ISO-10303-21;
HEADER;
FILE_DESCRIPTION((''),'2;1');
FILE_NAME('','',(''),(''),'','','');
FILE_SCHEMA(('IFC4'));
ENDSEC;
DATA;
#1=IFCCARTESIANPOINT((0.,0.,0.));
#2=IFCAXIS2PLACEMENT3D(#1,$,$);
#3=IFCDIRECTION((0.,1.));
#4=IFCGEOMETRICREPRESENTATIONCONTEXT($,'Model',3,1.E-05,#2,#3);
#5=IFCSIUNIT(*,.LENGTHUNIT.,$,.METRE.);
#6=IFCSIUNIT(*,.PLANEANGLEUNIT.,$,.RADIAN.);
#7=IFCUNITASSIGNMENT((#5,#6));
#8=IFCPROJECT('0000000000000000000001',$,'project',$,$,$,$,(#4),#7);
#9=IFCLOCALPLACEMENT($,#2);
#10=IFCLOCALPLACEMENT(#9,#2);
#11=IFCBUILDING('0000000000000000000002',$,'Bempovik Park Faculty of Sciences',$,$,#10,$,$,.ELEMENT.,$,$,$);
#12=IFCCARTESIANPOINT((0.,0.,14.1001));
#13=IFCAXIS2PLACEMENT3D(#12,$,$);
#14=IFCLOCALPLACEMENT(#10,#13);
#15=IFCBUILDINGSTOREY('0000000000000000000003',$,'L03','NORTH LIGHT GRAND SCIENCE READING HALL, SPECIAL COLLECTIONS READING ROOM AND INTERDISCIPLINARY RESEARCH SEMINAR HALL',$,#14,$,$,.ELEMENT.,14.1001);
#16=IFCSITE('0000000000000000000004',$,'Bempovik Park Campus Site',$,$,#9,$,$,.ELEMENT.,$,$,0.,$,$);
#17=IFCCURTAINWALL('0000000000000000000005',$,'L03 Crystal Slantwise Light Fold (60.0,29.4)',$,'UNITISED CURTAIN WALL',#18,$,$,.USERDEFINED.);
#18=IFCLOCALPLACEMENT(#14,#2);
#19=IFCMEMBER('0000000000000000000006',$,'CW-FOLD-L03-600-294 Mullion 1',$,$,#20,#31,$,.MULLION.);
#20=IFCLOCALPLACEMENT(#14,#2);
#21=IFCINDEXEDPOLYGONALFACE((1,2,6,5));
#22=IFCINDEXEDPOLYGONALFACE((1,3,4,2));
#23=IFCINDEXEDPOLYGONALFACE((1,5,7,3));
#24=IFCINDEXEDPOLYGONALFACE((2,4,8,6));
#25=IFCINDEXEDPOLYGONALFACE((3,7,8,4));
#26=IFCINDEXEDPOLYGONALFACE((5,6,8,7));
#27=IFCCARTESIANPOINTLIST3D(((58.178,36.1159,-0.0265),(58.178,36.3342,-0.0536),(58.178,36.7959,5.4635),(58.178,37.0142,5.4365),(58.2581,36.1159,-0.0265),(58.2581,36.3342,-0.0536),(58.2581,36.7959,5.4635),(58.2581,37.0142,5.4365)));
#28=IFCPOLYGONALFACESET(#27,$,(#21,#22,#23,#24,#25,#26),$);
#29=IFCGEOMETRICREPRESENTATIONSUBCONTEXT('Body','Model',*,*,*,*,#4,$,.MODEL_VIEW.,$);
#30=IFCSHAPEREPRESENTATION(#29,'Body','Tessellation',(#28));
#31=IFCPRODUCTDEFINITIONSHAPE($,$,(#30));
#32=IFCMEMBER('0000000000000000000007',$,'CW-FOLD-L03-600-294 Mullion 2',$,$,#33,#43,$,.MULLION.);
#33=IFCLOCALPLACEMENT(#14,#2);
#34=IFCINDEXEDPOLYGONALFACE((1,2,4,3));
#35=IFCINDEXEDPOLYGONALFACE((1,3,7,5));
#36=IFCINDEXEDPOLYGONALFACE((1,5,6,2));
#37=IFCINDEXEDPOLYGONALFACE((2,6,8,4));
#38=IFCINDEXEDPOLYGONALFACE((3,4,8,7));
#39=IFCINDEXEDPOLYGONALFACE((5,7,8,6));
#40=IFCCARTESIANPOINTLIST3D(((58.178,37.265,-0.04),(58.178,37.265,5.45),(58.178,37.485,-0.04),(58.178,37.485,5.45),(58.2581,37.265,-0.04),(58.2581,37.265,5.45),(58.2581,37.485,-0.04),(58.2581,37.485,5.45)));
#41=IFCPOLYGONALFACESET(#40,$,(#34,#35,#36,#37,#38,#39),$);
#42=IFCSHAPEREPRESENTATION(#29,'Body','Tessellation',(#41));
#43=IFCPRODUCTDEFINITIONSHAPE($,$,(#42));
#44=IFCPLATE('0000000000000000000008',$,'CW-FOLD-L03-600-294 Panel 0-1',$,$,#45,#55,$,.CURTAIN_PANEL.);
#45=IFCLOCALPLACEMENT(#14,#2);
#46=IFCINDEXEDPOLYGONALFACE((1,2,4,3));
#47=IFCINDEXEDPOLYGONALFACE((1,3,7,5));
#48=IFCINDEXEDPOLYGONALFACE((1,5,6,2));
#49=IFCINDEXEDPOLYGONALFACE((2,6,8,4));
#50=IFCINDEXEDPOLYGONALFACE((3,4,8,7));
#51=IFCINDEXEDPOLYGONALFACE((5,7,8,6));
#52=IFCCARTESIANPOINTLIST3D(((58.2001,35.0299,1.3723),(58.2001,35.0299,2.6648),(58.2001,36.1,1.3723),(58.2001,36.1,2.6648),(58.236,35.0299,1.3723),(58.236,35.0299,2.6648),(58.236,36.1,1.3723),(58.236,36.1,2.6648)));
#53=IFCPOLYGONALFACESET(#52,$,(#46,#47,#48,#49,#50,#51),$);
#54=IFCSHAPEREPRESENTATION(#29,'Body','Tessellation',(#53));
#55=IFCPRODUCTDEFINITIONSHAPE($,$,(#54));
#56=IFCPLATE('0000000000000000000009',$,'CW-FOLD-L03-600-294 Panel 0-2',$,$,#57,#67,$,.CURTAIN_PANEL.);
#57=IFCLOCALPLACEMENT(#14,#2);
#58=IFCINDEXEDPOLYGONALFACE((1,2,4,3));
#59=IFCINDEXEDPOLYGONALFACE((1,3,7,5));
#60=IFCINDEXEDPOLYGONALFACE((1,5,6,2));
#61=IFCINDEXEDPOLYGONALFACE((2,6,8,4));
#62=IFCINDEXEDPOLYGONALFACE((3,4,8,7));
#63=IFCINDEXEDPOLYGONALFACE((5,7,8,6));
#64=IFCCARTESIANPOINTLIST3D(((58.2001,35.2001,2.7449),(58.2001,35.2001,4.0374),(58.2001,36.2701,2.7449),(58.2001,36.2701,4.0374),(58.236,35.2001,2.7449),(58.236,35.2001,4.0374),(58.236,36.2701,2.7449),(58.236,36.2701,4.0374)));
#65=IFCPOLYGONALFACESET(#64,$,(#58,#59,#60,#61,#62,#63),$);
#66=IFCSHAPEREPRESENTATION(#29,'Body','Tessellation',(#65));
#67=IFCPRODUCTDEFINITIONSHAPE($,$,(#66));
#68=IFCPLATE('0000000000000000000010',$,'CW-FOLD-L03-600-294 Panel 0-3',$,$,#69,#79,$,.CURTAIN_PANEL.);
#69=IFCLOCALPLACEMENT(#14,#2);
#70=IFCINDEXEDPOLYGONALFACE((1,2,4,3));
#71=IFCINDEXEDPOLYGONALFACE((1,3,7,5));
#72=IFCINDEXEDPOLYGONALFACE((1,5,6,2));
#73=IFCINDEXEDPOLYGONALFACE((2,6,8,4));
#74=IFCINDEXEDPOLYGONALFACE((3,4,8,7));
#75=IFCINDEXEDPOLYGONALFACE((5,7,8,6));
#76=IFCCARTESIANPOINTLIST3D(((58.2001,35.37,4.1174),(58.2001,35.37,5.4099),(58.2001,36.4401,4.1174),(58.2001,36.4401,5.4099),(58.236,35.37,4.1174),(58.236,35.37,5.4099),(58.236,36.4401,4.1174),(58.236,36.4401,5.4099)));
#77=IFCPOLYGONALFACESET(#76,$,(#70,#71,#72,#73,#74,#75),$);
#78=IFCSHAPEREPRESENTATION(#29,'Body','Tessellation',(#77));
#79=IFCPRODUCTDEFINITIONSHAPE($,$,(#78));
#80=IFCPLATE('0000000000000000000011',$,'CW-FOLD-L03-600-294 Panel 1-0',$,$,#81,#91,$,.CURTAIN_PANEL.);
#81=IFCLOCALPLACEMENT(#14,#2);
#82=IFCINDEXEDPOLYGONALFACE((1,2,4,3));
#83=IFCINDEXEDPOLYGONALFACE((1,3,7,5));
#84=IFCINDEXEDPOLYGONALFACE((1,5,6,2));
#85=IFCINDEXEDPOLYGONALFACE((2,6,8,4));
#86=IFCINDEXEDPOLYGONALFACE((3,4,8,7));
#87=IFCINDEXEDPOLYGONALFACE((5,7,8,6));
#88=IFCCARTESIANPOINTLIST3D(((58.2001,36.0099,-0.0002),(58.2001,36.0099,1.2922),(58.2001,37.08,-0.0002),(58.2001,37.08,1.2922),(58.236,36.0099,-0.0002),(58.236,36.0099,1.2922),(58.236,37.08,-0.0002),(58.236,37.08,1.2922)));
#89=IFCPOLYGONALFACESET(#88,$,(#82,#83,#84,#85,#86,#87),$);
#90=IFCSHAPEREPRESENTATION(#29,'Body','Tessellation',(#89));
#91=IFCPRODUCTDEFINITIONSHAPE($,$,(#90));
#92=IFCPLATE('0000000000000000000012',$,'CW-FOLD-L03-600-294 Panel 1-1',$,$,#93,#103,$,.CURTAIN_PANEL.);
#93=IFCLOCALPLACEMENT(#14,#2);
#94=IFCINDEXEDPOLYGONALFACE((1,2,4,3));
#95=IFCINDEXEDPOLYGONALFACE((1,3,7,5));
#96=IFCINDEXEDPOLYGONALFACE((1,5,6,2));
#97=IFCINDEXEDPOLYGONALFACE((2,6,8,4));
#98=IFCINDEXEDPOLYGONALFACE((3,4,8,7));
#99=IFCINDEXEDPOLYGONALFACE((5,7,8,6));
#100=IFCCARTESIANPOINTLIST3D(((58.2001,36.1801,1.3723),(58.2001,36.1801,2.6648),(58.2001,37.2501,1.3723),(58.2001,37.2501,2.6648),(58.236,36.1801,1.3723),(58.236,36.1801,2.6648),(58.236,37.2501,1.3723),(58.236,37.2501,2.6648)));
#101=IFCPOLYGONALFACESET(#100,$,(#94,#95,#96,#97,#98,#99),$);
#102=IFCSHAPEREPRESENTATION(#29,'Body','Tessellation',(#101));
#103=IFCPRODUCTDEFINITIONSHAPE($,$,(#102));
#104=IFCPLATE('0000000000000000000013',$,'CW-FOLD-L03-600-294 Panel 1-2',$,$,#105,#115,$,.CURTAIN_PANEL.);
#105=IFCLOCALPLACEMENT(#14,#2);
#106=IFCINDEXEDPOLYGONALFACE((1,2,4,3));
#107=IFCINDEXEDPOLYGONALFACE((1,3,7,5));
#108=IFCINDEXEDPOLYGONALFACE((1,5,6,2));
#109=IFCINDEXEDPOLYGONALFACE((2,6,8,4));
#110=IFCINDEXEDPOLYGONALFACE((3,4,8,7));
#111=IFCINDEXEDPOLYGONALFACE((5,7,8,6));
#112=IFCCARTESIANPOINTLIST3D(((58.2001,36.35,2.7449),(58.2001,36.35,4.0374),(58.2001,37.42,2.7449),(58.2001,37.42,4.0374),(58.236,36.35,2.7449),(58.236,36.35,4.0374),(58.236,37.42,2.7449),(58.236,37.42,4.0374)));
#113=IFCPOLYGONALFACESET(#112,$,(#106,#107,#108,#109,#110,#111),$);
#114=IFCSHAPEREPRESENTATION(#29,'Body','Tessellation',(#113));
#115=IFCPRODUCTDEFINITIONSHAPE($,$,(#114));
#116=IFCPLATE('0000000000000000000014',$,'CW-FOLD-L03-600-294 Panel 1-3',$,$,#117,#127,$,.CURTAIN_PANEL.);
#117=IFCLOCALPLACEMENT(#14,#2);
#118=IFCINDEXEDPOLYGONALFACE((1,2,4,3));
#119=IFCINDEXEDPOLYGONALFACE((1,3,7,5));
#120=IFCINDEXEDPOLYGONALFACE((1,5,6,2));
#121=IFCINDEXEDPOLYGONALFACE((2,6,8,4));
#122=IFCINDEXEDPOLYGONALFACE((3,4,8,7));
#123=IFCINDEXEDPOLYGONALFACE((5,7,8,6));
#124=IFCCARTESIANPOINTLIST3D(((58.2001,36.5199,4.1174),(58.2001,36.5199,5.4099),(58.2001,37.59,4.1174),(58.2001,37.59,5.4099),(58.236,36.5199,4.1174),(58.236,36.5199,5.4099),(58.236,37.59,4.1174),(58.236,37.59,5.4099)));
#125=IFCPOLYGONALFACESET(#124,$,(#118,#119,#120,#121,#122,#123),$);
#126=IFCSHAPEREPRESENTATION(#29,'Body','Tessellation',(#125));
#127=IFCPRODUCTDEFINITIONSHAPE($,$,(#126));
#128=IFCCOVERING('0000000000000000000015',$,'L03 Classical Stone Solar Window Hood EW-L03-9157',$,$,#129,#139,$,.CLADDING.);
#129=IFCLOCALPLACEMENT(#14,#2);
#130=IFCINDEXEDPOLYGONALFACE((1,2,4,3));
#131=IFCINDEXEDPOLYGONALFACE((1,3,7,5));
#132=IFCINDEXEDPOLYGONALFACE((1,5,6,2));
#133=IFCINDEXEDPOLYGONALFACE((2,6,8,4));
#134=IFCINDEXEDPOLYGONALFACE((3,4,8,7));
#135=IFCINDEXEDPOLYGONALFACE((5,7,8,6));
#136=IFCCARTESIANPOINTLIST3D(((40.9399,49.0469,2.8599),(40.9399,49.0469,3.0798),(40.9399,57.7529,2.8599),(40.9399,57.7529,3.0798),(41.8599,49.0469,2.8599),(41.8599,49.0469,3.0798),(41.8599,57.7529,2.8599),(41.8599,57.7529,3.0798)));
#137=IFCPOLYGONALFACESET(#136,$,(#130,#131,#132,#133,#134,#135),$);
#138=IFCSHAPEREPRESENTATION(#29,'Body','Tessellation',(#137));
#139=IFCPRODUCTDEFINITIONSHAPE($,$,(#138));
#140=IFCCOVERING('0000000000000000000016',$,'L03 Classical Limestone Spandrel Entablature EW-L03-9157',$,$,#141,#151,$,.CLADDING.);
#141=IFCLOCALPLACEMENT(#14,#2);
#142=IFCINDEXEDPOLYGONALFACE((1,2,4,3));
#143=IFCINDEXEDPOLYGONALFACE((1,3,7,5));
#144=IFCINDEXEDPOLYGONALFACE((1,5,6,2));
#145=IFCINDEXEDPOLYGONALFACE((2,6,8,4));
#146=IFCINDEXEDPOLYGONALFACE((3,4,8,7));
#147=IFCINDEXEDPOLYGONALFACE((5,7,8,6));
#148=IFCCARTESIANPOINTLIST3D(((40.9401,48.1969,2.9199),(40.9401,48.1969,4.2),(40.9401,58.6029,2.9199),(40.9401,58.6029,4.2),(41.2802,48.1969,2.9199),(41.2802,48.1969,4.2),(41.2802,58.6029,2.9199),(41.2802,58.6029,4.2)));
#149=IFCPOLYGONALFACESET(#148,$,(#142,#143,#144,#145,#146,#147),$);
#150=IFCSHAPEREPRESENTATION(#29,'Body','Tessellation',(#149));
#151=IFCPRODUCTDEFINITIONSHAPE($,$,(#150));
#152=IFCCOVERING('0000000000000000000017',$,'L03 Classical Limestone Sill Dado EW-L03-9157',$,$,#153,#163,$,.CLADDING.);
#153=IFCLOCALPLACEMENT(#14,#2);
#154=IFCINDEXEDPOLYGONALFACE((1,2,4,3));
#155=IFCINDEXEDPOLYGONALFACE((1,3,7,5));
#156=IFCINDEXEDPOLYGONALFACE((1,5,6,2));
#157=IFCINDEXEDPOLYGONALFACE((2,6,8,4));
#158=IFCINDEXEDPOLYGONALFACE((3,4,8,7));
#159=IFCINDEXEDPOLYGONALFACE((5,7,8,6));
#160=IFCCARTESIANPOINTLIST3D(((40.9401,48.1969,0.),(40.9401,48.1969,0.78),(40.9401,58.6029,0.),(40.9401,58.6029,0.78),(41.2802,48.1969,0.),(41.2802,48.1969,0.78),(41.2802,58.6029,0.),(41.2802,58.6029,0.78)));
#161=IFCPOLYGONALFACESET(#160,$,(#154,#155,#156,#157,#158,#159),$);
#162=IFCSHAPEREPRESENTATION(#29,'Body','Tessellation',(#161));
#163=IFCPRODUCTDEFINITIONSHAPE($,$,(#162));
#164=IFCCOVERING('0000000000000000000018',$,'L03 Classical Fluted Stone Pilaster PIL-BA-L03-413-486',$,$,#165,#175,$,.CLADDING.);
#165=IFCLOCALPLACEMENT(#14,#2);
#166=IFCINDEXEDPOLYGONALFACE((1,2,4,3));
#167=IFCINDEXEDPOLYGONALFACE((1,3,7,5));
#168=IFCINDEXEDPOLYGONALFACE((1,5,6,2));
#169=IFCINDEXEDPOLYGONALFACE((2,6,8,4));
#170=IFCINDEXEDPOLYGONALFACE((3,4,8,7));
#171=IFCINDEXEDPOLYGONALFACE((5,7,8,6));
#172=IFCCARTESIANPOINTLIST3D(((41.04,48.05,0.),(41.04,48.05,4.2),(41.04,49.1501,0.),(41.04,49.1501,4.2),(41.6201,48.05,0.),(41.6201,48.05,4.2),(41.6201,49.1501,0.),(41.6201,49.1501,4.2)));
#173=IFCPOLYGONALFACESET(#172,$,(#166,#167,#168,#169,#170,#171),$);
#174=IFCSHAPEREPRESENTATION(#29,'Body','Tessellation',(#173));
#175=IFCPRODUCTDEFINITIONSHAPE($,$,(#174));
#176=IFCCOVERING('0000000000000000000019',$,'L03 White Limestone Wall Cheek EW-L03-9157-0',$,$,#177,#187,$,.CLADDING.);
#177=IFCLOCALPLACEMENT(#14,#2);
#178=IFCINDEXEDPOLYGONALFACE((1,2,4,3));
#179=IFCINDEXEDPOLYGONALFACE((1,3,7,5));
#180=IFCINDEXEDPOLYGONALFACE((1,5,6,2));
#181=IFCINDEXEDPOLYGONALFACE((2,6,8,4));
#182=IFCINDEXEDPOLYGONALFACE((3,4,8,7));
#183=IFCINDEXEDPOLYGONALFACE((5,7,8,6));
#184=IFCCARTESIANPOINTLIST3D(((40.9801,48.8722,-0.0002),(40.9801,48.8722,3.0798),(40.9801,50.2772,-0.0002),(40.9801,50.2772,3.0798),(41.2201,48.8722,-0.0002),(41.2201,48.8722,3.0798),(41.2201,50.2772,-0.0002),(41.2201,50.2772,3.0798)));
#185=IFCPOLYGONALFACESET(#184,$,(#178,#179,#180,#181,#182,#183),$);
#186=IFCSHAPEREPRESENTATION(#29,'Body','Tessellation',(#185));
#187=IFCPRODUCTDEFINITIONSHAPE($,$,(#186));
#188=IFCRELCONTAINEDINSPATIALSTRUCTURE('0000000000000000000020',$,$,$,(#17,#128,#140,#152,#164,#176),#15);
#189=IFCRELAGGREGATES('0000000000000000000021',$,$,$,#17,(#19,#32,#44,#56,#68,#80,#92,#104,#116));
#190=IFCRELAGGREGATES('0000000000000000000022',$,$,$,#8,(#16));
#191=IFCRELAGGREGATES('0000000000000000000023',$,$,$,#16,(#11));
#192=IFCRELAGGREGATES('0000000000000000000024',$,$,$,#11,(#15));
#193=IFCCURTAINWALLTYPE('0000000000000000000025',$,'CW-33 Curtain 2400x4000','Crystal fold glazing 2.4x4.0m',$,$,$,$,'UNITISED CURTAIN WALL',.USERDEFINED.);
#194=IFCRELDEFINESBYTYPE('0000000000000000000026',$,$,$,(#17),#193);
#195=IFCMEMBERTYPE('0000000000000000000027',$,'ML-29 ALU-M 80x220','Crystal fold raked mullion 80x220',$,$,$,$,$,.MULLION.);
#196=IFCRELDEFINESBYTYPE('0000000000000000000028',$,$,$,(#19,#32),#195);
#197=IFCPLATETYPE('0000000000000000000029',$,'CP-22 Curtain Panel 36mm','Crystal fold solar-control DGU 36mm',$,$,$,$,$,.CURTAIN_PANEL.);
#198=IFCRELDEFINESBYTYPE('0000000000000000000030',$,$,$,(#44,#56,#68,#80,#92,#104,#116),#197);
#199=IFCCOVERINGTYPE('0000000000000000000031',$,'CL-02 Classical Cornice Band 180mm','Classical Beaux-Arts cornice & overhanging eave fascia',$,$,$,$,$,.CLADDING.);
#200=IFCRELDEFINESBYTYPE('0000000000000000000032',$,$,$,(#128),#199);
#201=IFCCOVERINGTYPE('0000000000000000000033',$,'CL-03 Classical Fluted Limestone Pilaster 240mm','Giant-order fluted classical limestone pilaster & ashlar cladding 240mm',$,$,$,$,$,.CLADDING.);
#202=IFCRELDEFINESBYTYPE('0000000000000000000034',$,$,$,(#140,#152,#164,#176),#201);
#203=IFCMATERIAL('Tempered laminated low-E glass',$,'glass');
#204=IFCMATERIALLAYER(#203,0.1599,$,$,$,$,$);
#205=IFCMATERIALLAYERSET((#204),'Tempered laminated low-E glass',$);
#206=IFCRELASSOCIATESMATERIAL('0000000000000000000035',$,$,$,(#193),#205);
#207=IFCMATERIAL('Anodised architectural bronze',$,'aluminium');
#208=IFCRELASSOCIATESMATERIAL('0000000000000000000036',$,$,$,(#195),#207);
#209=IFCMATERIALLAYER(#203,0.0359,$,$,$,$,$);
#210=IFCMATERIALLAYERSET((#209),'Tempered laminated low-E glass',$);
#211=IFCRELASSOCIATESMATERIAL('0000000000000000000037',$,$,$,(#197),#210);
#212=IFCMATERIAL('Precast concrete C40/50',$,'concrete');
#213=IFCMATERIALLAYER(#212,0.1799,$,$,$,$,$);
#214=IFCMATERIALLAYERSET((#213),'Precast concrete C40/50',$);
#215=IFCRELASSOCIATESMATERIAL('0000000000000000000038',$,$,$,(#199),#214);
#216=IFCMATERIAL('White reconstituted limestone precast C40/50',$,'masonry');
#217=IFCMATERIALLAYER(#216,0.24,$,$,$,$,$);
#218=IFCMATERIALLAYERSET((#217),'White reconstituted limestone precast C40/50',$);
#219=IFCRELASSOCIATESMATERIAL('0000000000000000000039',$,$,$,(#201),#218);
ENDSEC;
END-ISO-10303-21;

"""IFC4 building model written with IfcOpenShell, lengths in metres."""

from ifc_helpers import new_model, si_unit, direction, frame, origin, origin_2d, place, context, subcontext, project, spatial, rectangle, extrude, material, layer, layer_set, material_profile, profile_set, type_object, element, aggregate, save


model = new_model("IFC4")

# Units and contexts
model_context = context("Model", 3, precision=1e-05, world=origin(), true_north=direction((0.0, 1.0)))
body_context = subcontext(model_context, "Body", "Model", "MODEL_VIEW")
ifc_project = project(units=[si_unit("LENGTHUNIT", "METRE"), si_unit("PLANEANGLEUNIT", "RADIAN")], contexts=[model_context])

# Site, building, storey
site_placement = place(None, origin())
site = spatial("IfcSite", under=ifc_project, at=site_placement, Name="Bempovik Park Campus Site", CompositionType="ELEMENT", RefElevation=0.0)
building_placement = place(site_placement, origin())
building = spatial("IfcBuilding", under=site, at=building_placement, Name="Bempovik Park Faculty of Sciences", CompositionType="ELEMENT")
storey_placement = place(building_placement, frame((0.0, 0.0, 14.1001)))
storey = spatial("IfcBuildingStorey", under=building, at=storey_placement, Name="L03", Description="NORTH LIGHT GRAND SCIENCE READING HALL, SPECIAL COLLECTIONS READING ROOM AND INTERDISCIPLINARY RESEARCH SEMINAR HALL", CompositionType="ELEMENT", Elevation=14.1001)

# Curtain wall, members, plates
ifc_material_1 = material(Name="Tempered laminated low-E glass", Category="glass")
ifc_layer_1 = layer(ifc_material_1, 0.1599)
ifc_layer_set_1 = layer_set([ifc_layer_1], Name="Tempered laminated low-E glass")
curtain_wall_type = type_object("IfcCurtainWallType", Name="CW-33 Curtain 2400x4000", Description="Crystal fold glazing 2.4x4.0m", ElementType="UNITISED CURTAIN WALL", PredefinedType="USERDEFINED", material=ifc_layer_set_1)
curtain_wall_placement = place(storey_placement, origin())
curtain_wall = element("IfcCurtainWall", 1, at=curtain_wall_placement, inside=storey, type_object=curtain_wall_type, Name="L03 Crystal Slantwise Light Fold (60.0,29.4)", ObjectType="UNITISED CURTAIN WALL", PredefinedType="USERDEFINED")
ifc_material_2 = material(Name="Anodised architectural bronze", Category="aluminium")
ifc_material_profile = material_profile(ifc_material_2, rectangle(XDim=0.0801, YDim=0.22, at=origin_2d()), Name="ALU-M 80x220")
ifc_profile_set = profile_set([ifc_material_profile], Name="Anodised architectural bronze")
member_type = type_object("IfcMemberType", Name="ML-29 ALU-M 80x220", Description="Crystal fold raked mullion 80x220", PredefinedType="MULLION", material=ifc_profile_set)
member_1_placement = place(storey_placement, frame((58.218, 36.2251, -0.04), z_axis=(0.0, 0.12291, 0.992418), x_axis=(-1.0, 0.0, 0.0)))
member_1 = element("IfcMember", 2, at=member_1_placement, type_object=member_type, Name="CW-FOLD-L03-600-294 Mullion 1", PredefinedType="MULLION", context=body_context, shape_type="SweptSolid", body=[
    extrude(rectangle(XDim=0.0801, YDim=0.22, at=origin_2d()), origin(), (0.0, 0.0, 1.0), 5.532),
])
member_2_placement = place(storey_placement, frame((58.218, 37.375, -0.04), z_axis=(0.0, 0.0, 1.0), x_axis=(1.0, 0.0, 0.0)))
member_2 = element("IfcMember", 3, at=member_2_placement, type_object=member_type, Name="CW-FOLD-L03-600-294 Mullion 2", PredefinedType="MULLION", context=body_context, shape_type="SweptSolid", body=[
    extrude(rectangle(XDim=0.0801, YDim=0.22, at=origin_2d()), origin(), (0.0, 0.0, 1.0), 5.49),
])
ifc_layer_2 = layer(ifc_material_1, 0.0359)
ifc_layer_set_2 = layer_set([ifc_layer_2], Name="Tempered laminated low-E glass")
plate_type = type_object("IfcPlateType", Name="CP-22 Curtain Panel 36mm", Description="Crystal fold solar-control DGU 36mm", PredefinedType="CURTAIN_PANEL", material=ifc_layer_set_2)
plate_1_placement = place(storey_placement, frame((58.218, 35.5649, 1.3723), z_axis=(0.0, 0.0, 1.0), x_axis=(0.0, 1.0, 0.0)))
plate_1 = element("IfcPlate", 4, at=plate_1_placement, type_object=plate_type, Name="CW-FOLD-L03-600-294 Panel 0-1", PredefinedType="CURTAIN_PANEL", context=body_context, shape_type="SweptSolid", body=[
    extrude(rectangle(XDim=1.0701, YDim=0.0359, at=origin_2d()), origin(), (0.0, 0.0, 1.0), 1.2925),
])
plate_2_placement = place(storey_placement, frame((58.218, 35.7351, 2.7449), z_axis=(0.0, 0.0, 1.0), x_axis=(0.0, 1.0, 0.0)))
plate_2 = element("IfcPlate", 5, at=plate_2_placement, type_object=plate_type, Name="CW-FOLD-L03-600-294 Panel 0-2", PredefinedType="CURTAIN_PANEL", context=body_context, shape_type="SweptSolid", body=[
    extrude(rectangle(XDim=1.0701, YDim=0.0359, at=origin_2d()), origin(), (0.0, 0.0, 1.0), 1.2925),
])
plate_3_placement = place(storey_placement, frame((58.218, 35.905, 4.1174), z_axis=(0.0, 0.0, 1.0), x_axis=(0.0, 1.0, 0.0)))
plate_3 = element("IfcPlate", 6, at=plate_3_placement, type_object=plate_type, Name="CW-FOLD-L03-600-294 Panel 0-3", PredefinedType="CURTAIN_PANEL", context=body_context, shape_type="SweptSolid", body=[
    extrude(rectangle(XDim=1.0701, YDim=0.0359, at=origin_2d()), origin(), (0.0, 0.0, 1.0), 1.2925),
])
plate_4_placement = place(storey_placement, frame((58.218, 36.5449, -0.0002), z_axis=(0.0, 0.0, 1.0), x_axis=(0.0, 1.0, 0.0)))
plate_4 = element("IfcPlate", 7, at=plate_4_placement, type_object=plate_type, Name="CW-FOLD-L03-600-294 Panel 1-0", PredefinedType="CURTAIN_PANEL", context=body_context, shape_type="SweptSolid", body=[
    extrude(rectangle(XDim=1.0701, YDim=0.0359, at=origin_2d()), origin(), (0.0, 0.0, 1.0), 1.2925),
])
plate_5_placement = place(storey_placement, frame((58.218, 36.7151, 1.3723), z_axis=(0.0, 0.0, 1.0), x_axis=(0.0, 1.0, 0.0)))
plate_5 = element("IfcPlate", 8, at=plate_5_placement, type_object=plate_type, Name="CW-FOLD-L03-600-294 Panel 1-1", PredefinedType="CURTAIN_PANEL", context=body_context, shape_type="SweptSolid", body=[
    extrude(rectangle(XDim=1.0701, YDim=0.0359, at=origin_2d()), origin(), (0.0, 0.0, 1.0), 1.2925),
])
plate_6_placement = place(storey_placement, frame((58.218, 36.885, 2.7449), z_axis=(0.0, 0.0, 1.0), x_axis=(0.0, 1.0, 0.0)))
plate_6 = element("IfcPlate", 9, at=plate_6_placement, type_object=plate_type, Name="CW-FOLD-L03-600-294 Panel 1-2", PredefinedType="CURTAIN_PANEL", context=body_context, shape_type="SweptSolid", body=[
    extrude(rectangle(XDim=1.0701, YDim=0.0359, at=origin_2d()), origin(), (0.0, 0.0, 1.0), 1.2925),
])
plate_7_placement = place(storey_placement, frame((58.218, 37.0549, 4.1174), z_axis=(0.0, 0.0, 1.0), x_axis=(0.0, 1.0, 0.0)))
plate_7 = element("IfcPlate", 10, at=plate_7_placement, type_object=plate_type, Name="CW-FOLD-L03-600-294 Panel 1-3", PredefinedType="CURTAIN_PANEL", context=body_context, shape_type="SweptSolid", body=[
    extrude(rectangle(XDim=1.0701, YDim=0.0359, at=origin_2d()), origin(), (0.0, 0.0, 1.0), 1.2925),
])
aggregate(curtain_wall, [member_1, member_2, plate_1, plate_2, plate_3, plate_4, plate_5, plate_6, plate_7])

# Coverings
ifc_material_3 = material(Name="Precast concrete C40/50", Category="concrete")
ifc_layer_3 = layer(ifc_material_3, 0.1799)
ifc_layer_set_3 = layer_set([ifc_layer_3], Name="Precast concrete C40/50")
covering_type_1 = type_object("IfcCoveringType", Name="CL-02 Classical Cornice Band 180mm", Description="Classical Beaux-Arts cornice & overhanging eave fascia", PredefinedType="CLADDING", material=ifc_layer_set_3)
covering_1_placement = place(storey_placement, frame((41.3999, 53.3999, 2.8599), z_axis=(0.0, 0.0, 1.0), x_axis=(1.0, 0.0, 0.0)))
element("IfcCovering", 11, at=covering_1_placement, inside=storey, type_object=covering_type_1, Name="L03 Classical Stone Solar Window Hood EW-L03-9157", PredefinedType="CLADDING", context=body_context, shape_type="SweptSolid", body=[
    extrude(rectangle(XDim=0.9199, YDim=8.7061, at=origin_2d()), origin(), (0.0, 0.0, 1.0), 0.22),
])
ifc_material_4 = material(Name="White reconstituted limestone precast C40/50", Category="masonry")
ifc_layer_4 = layer(ifc_material_4, 0.24)
ifc_layer_set_4 = layer_set([ifc_layer_4], Name="White reconstituted limestone precast C40/50")
covering_type_2 = type_object("IfcCoveringType", Name="CL-03 Classical Fluted Limestone Pilaster 240mm", Description="Giant-order fluted classical limestone pilaster & ashlar cladding 240mm", PredefinedType="CLADDING", material=ifc_layer_set_4)
covering_2_placement = place(storey_placement, frame((41.1101, 53.3999, 2.9199), z_axis=(0.0, 0.0, 1.0), x_axis=(1.0, 0.0, 0.0)))
element("IfcCovering", 12, at=covering_2_placement, inside=storey, type_object=covering_type_2, Name="L03 Classical Limestone Spandrel Entablature EW-L03-9157", PredefinedType="CLADDING", context=body_context, shape_type="SweptSolid", body=[
    extrude(rectangle(XDim=0.3401, YDim=10.406, at=origin_2d()), origin(), (0.0, 0.0, 1.0), 1.28),
])
covering_3_placement = place(storey_placement, frame((41.1101, 53.3999, 0.0), z_axis=(0.0, 0.0, 1.0), x_axis=(1.0, 0.0, 0.0)))
element("IfcCovering", 13, at=covering_3_placement, inside=storey, type_object=covering_type_2, Name="L03 Classical Limestone Sill Dado EW-L03-9157", PredefinedType="CLADDING", context=body_context, shape_type="SweptSolid", body=[
    extrude(rectangle(XDim=0.3401, YDim=10.406, at=origin_2d()), origin(), (0.0, 0.0, 1.0), 0.78),
])
covering_4_placement = place(storey_placement, frame((41.3301, 48.6001, 0.0), z_axis=(0.0, 0.0, 1.0), x_axis=(1.0, 0.0, 0.0)))
element("IfcCovering", 14, at=covering_4_placement, inside=storey, type_object=covering_type_2, Name="L03 Classical Fluted Stone Pilaster PIL-BA-L03-413-486", PredefinedType="CLADDING", context=body_context, shape_type="SweptSolid", body=[
    extrude(rectangle(XDim=0.5801, YDim=1.1001, at=origin_2d()), origin(), (0.0, 0.0, 1.0), 4.2),
])
covering_5_placement = place(storey_placement, frame((41.1001, 49.5747, -0.0002), z_axis=(0.0, 0.0, 1.0), x_axis=(1.0, 0.0, 0.0)))
element("IfcCovering", 15, at=covering_5_placement, inside=storey, type_object=covering_type_2, Name="L03 White Limestone Wall Cheek EW-L03-9157-0", PredefinedType="CLADDING", context=body_context, shape_type="SweptSolid", body=[
    extrude(rectangle(XDim=0.24, YDim=1.405, at=origin_2d()), origin(), (0.0, 0.0, 1.0), 3.0801),
])

save(model, "model.ifc")
